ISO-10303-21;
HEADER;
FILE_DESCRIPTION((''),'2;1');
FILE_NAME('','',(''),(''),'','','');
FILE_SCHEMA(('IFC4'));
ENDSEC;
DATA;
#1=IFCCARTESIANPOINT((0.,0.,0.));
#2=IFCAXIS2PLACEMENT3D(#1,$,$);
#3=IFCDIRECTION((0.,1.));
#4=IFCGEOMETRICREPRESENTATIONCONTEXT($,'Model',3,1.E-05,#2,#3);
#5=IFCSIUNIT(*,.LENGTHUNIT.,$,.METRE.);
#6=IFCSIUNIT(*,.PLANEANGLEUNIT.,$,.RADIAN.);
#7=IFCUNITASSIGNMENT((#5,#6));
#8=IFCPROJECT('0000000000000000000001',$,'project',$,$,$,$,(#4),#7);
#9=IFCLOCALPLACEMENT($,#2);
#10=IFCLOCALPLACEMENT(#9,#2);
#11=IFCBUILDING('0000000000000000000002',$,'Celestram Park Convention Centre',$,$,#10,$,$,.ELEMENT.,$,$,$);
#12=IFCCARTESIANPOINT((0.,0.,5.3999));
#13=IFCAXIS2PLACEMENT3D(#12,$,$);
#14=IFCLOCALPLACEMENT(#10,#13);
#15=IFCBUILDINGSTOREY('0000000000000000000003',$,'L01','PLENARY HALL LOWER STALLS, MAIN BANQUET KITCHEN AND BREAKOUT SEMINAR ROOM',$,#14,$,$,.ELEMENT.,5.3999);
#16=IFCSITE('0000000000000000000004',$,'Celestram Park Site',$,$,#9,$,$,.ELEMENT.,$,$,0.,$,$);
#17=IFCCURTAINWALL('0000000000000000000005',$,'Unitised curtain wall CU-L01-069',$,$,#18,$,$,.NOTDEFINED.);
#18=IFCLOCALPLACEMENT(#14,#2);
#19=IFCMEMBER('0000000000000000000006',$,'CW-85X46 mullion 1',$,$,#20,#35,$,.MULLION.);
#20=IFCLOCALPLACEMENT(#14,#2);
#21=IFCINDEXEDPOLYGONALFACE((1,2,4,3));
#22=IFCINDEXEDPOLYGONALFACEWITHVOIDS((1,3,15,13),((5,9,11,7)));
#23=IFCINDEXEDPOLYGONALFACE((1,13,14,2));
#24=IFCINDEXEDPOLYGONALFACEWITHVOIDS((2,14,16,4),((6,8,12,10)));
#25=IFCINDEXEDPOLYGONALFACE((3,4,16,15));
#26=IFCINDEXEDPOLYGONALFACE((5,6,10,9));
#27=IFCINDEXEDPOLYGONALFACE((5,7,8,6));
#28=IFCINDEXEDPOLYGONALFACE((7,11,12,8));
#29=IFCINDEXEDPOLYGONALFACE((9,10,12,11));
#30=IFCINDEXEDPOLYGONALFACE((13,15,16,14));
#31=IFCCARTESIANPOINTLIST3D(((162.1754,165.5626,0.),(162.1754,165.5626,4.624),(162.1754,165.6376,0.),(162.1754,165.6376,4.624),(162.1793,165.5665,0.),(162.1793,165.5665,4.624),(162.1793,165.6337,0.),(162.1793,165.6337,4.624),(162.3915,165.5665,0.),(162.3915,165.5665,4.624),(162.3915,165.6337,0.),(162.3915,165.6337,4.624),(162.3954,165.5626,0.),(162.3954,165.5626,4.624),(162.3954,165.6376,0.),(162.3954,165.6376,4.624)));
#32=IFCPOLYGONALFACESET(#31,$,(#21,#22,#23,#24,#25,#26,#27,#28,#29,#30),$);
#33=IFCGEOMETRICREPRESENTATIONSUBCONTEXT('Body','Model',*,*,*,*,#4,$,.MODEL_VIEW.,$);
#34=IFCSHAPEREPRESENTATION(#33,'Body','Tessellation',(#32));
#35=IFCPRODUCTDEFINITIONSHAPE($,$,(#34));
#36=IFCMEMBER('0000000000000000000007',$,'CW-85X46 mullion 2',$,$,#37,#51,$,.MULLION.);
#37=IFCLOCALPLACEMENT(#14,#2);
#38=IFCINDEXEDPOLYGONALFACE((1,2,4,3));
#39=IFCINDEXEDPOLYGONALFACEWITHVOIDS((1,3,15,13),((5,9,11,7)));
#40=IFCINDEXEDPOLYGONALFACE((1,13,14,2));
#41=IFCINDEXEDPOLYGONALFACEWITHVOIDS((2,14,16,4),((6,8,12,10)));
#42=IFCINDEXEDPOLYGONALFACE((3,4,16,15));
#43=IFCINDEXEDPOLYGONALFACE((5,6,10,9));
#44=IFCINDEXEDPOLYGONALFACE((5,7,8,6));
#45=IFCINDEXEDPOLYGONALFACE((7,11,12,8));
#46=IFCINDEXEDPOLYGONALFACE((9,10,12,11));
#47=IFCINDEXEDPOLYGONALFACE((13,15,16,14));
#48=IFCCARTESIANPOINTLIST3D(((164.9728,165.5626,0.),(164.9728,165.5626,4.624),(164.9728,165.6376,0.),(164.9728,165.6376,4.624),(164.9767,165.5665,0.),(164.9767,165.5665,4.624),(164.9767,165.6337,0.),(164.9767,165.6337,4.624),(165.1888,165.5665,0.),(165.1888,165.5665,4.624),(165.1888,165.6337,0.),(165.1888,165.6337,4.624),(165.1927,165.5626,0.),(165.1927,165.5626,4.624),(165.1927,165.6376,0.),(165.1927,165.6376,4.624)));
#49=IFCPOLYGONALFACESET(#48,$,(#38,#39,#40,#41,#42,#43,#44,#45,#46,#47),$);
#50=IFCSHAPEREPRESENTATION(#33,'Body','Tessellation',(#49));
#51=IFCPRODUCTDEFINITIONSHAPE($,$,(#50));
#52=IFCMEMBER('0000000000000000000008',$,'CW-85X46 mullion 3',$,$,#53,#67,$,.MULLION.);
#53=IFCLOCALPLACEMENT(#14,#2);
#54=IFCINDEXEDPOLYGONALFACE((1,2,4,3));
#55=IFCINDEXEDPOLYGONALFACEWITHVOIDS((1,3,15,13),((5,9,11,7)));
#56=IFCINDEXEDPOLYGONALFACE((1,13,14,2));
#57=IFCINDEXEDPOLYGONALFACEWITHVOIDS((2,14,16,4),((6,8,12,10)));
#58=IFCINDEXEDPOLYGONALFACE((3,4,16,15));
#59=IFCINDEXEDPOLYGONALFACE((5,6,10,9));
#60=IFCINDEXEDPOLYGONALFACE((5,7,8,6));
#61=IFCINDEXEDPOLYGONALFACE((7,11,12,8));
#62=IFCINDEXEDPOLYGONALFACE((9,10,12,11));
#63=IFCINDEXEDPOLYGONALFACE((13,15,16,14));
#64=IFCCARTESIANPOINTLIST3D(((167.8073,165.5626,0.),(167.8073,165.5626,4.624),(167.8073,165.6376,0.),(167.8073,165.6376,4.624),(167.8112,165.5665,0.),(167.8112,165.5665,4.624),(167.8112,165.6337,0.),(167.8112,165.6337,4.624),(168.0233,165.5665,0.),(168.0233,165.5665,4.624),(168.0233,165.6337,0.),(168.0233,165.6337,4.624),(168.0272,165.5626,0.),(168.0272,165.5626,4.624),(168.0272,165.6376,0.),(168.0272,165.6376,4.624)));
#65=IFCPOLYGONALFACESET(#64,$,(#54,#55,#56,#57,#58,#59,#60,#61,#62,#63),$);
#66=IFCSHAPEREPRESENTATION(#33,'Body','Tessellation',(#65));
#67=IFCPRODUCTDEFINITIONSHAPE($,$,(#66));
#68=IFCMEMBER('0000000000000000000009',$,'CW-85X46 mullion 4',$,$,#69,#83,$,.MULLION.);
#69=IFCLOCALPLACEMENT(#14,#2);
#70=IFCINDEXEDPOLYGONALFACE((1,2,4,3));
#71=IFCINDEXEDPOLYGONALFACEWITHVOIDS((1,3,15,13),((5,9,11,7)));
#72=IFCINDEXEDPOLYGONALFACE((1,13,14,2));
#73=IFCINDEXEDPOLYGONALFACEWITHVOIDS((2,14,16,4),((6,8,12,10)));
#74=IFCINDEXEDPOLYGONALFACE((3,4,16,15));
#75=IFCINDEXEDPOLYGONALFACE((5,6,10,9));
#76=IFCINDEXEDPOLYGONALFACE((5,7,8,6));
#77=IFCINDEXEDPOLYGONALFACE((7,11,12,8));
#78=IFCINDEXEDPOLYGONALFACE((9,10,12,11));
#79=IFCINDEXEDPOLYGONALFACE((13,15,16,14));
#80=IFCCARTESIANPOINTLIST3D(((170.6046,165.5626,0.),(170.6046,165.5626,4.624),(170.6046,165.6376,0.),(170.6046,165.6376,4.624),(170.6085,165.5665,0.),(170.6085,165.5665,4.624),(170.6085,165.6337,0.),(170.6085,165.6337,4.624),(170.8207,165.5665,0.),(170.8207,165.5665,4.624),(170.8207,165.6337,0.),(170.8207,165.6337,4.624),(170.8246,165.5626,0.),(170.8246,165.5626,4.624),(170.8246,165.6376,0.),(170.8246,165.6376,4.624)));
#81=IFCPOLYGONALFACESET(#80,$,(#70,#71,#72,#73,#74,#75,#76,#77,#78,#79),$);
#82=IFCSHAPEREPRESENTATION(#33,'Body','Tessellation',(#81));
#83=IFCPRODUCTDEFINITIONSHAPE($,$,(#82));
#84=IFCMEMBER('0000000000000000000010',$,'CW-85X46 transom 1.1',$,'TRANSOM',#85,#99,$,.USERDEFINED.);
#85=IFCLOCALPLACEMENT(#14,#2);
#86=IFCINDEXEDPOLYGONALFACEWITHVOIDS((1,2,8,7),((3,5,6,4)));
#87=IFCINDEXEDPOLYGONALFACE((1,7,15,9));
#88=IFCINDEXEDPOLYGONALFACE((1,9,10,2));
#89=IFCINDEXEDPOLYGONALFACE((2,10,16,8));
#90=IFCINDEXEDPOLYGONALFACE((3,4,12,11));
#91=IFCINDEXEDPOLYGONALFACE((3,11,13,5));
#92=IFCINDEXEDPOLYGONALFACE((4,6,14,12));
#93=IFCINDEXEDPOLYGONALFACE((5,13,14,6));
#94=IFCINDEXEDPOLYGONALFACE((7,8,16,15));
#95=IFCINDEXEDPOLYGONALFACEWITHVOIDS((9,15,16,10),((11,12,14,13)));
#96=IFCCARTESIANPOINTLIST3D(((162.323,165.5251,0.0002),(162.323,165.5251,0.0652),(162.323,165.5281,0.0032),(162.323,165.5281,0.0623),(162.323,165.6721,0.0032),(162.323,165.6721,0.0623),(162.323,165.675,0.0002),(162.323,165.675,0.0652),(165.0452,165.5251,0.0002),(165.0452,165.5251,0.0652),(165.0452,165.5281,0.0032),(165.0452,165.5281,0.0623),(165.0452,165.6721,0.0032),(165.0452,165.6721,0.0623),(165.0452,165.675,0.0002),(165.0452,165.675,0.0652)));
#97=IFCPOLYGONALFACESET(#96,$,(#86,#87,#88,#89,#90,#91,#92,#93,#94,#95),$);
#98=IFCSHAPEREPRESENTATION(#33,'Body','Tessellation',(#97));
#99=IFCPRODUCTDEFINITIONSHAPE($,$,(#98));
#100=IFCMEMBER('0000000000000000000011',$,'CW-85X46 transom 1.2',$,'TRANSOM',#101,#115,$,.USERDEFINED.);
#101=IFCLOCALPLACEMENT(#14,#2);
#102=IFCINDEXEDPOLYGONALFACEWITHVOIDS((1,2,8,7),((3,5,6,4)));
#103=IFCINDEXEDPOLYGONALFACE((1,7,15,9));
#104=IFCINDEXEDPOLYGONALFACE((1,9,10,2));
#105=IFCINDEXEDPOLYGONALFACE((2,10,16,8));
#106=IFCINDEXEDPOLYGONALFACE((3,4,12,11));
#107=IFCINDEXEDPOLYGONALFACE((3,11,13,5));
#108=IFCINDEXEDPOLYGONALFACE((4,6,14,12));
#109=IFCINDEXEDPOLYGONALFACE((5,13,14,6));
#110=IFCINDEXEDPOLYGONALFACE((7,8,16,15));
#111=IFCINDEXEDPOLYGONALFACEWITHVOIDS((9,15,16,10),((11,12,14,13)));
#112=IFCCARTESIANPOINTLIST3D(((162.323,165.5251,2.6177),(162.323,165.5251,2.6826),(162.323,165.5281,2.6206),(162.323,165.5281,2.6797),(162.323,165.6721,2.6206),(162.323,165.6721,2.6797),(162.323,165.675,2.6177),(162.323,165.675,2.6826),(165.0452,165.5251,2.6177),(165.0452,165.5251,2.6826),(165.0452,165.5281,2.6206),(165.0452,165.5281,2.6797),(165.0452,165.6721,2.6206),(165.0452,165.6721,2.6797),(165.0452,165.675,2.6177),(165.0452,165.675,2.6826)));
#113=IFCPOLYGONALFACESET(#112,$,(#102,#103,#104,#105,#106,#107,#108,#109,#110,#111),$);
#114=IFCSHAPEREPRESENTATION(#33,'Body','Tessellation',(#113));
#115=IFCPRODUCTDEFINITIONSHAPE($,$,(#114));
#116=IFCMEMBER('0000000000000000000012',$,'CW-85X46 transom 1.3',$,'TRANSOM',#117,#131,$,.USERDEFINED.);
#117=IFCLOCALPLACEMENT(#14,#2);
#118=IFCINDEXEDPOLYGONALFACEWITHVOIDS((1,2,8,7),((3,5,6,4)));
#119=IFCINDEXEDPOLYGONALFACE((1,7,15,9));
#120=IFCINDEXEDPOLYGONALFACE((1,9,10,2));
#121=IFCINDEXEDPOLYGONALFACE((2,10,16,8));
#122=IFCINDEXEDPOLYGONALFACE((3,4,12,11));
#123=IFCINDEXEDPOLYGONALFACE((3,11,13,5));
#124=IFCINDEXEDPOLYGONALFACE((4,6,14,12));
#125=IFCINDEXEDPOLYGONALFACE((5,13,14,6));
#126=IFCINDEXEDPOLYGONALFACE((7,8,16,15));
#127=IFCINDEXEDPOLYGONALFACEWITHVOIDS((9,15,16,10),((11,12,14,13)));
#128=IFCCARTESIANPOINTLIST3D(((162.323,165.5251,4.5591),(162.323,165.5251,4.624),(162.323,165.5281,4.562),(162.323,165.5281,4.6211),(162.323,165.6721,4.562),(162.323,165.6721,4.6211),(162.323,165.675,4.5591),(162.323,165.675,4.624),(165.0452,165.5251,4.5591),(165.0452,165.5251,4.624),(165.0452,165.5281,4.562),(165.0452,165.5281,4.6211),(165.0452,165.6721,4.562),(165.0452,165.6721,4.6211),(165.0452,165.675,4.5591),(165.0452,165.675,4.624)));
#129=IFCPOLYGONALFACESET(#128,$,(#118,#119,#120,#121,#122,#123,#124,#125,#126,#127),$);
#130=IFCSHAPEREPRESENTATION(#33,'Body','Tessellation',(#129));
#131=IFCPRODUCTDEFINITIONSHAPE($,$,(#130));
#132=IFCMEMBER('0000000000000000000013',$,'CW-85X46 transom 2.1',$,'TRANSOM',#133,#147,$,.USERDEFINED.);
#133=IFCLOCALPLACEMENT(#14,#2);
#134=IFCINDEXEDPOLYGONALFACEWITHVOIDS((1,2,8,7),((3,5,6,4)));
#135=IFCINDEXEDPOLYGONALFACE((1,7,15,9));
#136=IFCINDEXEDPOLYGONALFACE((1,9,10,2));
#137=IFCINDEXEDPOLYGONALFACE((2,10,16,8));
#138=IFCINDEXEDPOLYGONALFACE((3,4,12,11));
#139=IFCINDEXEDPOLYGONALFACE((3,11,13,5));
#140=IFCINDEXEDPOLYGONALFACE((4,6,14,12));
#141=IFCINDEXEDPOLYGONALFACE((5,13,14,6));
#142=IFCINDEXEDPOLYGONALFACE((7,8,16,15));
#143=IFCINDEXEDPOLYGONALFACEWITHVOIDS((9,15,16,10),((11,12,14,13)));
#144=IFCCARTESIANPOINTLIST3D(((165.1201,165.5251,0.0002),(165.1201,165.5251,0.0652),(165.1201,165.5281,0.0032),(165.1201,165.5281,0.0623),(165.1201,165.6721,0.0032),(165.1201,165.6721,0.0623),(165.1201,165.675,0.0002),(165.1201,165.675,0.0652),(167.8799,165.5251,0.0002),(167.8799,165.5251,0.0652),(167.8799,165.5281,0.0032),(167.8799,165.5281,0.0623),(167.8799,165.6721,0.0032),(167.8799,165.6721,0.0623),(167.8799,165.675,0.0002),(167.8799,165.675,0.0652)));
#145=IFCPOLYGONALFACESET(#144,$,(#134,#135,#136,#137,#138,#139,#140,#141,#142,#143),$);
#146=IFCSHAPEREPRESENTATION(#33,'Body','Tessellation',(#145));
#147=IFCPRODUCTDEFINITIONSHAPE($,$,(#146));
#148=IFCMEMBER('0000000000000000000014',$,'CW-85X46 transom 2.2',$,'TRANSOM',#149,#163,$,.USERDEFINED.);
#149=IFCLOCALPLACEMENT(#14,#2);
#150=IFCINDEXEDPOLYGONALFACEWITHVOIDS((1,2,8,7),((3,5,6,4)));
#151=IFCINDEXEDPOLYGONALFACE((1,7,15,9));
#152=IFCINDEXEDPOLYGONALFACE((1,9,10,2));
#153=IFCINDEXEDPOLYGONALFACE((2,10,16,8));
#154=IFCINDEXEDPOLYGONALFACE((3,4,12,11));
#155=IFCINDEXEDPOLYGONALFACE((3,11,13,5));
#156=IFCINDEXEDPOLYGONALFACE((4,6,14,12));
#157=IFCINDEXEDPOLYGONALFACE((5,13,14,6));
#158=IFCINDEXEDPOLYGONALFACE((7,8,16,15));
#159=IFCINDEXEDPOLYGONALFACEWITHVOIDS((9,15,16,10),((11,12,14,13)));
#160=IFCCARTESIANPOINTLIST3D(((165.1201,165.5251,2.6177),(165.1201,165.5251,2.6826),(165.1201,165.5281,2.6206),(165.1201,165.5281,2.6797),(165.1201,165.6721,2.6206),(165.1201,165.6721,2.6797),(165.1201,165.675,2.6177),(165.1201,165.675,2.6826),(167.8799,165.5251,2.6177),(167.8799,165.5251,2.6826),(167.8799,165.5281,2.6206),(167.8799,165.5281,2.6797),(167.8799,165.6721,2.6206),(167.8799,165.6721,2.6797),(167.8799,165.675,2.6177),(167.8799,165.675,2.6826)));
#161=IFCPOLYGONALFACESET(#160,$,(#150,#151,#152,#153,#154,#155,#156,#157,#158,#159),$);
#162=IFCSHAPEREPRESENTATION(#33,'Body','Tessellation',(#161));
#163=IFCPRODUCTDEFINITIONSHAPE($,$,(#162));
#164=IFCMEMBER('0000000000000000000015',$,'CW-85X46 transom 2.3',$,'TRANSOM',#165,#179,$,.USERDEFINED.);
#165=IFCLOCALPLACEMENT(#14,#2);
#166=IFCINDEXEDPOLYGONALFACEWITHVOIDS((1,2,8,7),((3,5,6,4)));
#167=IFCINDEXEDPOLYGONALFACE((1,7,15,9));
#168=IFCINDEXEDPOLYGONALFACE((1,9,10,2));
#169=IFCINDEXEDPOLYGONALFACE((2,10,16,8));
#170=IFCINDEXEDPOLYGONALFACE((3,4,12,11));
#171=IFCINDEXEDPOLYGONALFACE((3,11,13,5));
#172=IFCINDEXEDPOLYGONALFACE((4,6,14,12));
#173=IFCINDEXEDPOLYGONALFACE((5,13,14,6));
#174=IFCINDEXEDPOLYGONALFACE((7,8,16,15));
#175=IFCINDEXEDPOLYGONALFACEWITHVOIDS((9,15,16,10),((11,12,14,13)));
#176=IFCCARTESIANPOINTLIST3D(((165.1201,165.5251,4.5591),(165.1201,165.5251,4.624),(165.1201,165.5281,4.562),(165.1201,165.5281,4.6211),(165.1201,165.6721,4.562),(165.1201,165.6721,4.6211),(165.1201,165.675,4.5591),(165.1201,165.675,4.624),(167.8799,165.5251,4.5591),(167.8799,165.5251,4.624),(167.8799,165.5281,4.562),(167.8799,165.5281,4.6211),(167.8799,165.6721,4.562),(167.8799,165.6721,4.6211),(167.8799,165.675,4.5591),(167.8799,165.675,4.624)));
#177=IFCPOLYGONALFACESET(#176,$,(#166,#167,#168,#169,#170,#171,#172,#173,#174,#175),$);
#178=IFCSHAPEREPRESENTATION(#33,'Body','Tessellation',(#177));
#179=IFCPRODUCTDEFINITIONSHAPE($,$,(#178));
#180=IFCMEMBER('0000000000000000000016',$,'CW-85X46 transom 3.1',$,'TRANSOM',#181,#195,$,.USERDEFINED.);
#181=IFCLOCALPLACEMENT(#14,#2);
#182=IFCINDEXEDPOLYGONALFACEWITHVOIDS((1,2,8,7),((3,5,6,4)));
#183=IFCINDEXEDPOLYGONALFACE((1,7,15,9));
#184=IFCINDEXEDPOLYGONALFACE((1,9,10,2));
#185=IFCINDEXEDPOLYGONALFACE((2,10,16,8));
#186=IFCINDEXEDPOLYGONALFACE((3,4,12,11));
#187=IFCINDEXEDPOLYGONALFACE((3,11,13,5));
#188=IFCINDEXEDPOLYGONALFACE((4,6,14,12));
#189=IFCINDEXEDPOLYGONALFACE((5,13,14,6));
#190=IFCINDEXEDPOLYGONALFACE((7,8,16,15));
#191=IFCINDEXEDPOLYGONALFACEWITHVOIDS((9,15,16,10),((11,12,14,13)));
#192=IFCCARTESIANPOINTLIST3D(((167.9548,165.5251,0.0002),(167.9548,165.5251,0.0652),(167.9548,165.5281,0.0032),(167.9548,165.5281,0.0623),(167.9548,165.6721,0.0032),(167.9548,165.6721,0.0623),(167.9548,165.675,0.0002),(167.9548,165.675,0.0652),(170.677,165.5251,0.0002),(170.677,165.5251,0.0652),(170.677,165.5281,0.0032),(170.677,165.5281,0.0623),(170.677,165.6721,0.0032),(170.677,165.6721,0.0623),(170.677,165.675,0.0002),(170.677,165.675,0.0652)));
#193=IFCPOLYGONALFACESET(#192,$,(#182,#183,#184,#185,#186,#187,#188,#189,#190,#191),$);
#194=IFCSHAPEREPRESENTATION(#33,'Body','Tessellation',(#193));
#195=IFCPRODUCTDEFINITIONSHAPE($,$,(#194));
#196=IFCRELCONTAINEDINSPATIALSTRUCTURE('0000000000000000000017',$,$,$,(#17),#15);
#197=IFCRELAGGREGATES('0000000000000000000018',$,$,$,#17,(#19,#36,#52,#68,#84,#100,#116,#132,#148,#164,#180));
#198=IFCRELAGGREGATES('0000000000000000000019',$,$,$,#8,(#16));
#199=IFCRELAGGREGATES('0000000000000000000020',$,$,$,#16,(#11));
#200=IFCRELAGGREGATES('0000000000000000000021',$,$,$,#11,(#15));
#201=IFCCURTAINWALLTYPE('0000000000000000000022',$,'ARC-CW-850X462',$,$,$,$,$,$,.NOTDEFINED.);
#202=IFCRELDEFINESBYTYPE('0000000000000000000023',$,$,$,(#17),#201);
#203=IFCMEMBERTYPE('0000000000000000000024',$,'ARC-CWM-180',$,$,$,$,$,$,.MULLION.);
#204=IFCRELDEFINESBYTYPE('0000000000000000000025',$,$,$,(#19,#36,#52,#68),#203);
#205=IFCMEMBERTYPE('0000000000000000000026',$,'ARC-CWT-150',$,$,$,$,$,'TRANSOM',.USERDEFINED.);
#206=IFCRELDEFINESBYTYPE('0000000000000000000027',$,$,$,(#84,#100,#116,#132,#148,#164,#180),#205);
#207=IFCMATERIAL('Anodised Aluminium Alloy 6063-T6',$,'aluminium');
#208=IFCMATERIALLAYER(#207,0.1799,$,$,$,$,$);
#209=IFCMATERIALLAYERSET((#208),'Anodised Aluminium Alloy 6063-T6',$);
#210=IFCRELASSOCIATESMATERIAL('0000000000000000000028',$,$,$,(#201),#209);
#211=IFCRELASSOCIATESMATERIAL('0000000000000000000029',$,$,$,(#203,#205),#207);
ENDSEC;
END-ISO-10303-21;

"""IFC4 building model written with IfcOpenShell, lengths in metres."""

from ifc_helpers import new_model, si_unit, direction, frame, origin, origin_2d, place, context, subcontext, project, spatial, hollow_rectangle, extrude, material, layer, layer_set, material_profile, profile_set, type_object, element, aggregate, save


model = new_model("IFC4")

# Units and contexts
model_context = context("Model", 3, precision=1e-05, world=origin(), true_north=direction((0.0, 1.0)))
body_context = subcontext(model_context, "Body", "Model", "MODEL_VIEW")
ifc_project = project(units=[si_unit("LENGTHUNIT", "METRE"), si_unit("PLANEANGLEUNIT", "RADIAN")], contexts=[model_context])

# Site, building, storey
site_placement = place(None, origin())
site = spatial("IfcSite", under=ifc_project, at=site_placement, Name="Celestram Park Site", CompositionType="ELEMENT", RefElevation=0.0)
building_placement = place(site_placement, origin())
building = spatial("IfcBuilding", under=site, at=building_placement, Name="Celestram Park Convention Centre", CompositionType="ELEMENT")
storey_placement = place(building_placement, frame((0.0, 0.0, 5.3999)))
storey = spatial("IfcBuildingStorey", under=building, at=storey_placement, Name="L01", Description="PLENARY HALL LOWER STALLS, MAIN BANQUET KITCHEN AND BREAKOUT SEMINAR ROOM", CompositionType="ELEMENT", Elevation=5.3999)

# Curtain wall, members
ifc_material_1 = material(Name="Anodised Aluminium Alloy 6063-T6", Category="aluminium")
ifc_layer_1 = layer(ifc_material_1, 0.1799)
ifc_layer_set_1 = layer_set([ifc_layer_1], Name="Anodised Aluminium Alloy 6063-T6")
curtain_wall_type = type_object("IfcCurtainWallType", Name="ARC-CW-850X462", PredefinedType="NOTDEFINED", material=ifc_layer_set_1)
curtain_wall_placement = place(storey_placement, origin())
curtain_wall = element("IfcCurtainWall", 1, at=curtain_wall_placement, inside=storey, type_object=curtain_wall_type, Name="Unitised curtain wall CU-L01-069", PredefinedType="NOTDEFINED")
ifc_material_profile_1 = material_profile(ifc_material_1, hollow_rectangle(XDim=0.075, YDim=0.22, WallThickness=0.0039, at=origin_2d()), Name="ALU75X220X4")
ifc_profile_set_1 = profile_set([ifc_material_profile_1], Name="Anodised Aluminium Alloy 6063-T6")
member_type_1 = type_object("IfcMemberType", Name="ARC-CWM-180", PredefinedType="MULLION", material=ifc_profile_set_1)
member_1_placement = place(storey_placement, frame((162.2854, 165.6001, 0.0), z_axis=(0.0, 0.0, 1.0), x_axis=(0.0, 1.0, 0.0)))
member_1 = element("IfcMember", 2, at=member_1_placement, type_object=member_type_1, Name="CW-85X46 mullion 1", PredefinedType="MULLION", context=body_context, shape_type="SweptSolid", body=[
    extrude(hollow_rectangle(XDim=0.075, YDim=0.22, WallThickness=0.0039, at=origin_2d()), origin(), (0.0, 0.0, 1.0), 4.624),
])
member_2_placement = place(storey_placement, frame((165.0828, 165.6001, 0.0), z_axis=(0.0, 0.0, 1.0), x_axis=(0.0, 1.0, 0.0)))
member_2 = element("IfcMember", 3, at=member_2_placement, type_object=member_type_1, Name="CW-85X46 mullion 2", PredefinedType="MULLION", context=body_context, shape_type="SweptSolid", body=[
    extrude(hollow_rectangle(XDim=0.075, YDim=0.22, WallThickness=0.0039, at=origin_2d()), origin(), (0.0, 0.0, 1.0), 4.624),
])
member_3_placement = place(storey_placement, frame((167.9172, 165.6001, 0.0), z_axis=(0.0, 0.0, 1.0), x_axis=(0.0, 1.0, 0.0)))
member_3 = element("IfcMember", 4, at=member_3_placement, type_object=member_type_1, Name="CW-85X46 mullion 3", PredefinedType="MULLION", context=body_context, shape_type="SweptSolid", body=[
    extrude(hollow_rectangle(XDim=0.075, YDim=0.22, WallThickness=0.0039, at=origin_2d()), origin(), (0.0, 0.0, 1.0), 4.624),
])
member_4_placement = place(storey_placement, frame((170.7146, 165.6001, 0.0), z_axis=(0.0, 0.0, 1.0), x_axis=(0.0, 1.0, 0.0)))
member_4 = element("IfcMember", 5, at=member_4_placement, type_object=member_type_1, Name="CW-85X46 mullion 4", PredefinedType="MULLION", context=body_context, shape_type="SweptSolid", body=[
    extrude(hollow_rectangle(XDim=0.075, YDim=0.22, WallThickness=0.0039, at=origin_2d()), origin(), (0.0, 0.0, 1.0), 4.624),
])
ifc_material_profile_2 = material_profile(ifc_material_1, hollow_rectangle(XDim=0.1499, YDim=0.0649, WallThickness=0.0029, at=origin_2d()), Name="ALU150X65X3")
ifc_profile_set_2 = profile_set([ifc_material_profile_2], Name="Anodised Aluminium Alloy 6063-T6")
member_type_2 = type_object("IfcMemberType", Name="ARC-CWT-150", ElementType="TRANSOM", PredefinedType="USERDEFINED", material=ifc_profile_set_2)
member_5_placement = place(storey_placement, frame((162.323, 165.6001, 0.0327), z_axis=(1.0, 0.0, 0.0), x_axis=(0.0, 1.0, 0.0)))
member_5 = element("IfcMember", 6, at=member_5_placement, type_object=member_type_2, Name="CW-85X46 transom 1.1", ObjectType="TRANSOM", PredefinedType="USERDEFINED", context=body_context, shape_type="SweptSolid", body=[
    extrude(hollow_rectangle(XDim=0.1499, YDim=0.0649, WallThickness=0.0029, at=origin_2d()), origin(), (0.0, 0.0, 1.0), 2.7222),
])
member_6_placement = place(storey_placement, frame((162.323, 165.6001, 2.6501), z_axis=(1.0, 0.0, 0.0), x_axis=(0.0, 1.0, 0.0)))
member_6 = element("IfcMember", 7, at=member_6_placement, type_object=member_type_2, Name="CW-85X46 transom 1.2", ObjectType="TRANSOM", PredefinedType="USERDEFINED", context=body_context, shape_type="SweptSolid", body=[
    extrude(hollow_rectangle(XDim=0.1499, YDim=0.0649, WallThickness=0.0029, at=origin_2d()), origin(), (0.0, 0.0, 1.0), 2.7222),
])
member_7_placement = place(storey_placement, frame((162.323, 165.6001, 4.5916), z_axis=(1.0, 0.0, 0.0), x_axis=(0.0, 1.0, 0.0)))
member_7 = element("IfcMember", 8, at=member_7_placement, type_object=member_type_2, Name="CW-85X46 transom 1.3", ObjectType="TRANSOM", PredefinedType="USERDEFINED", context=body_context, shape_type="SweptSolid", body=[
    extrude(hollow_rectangle(XDim=0.1499, YDim=0.0649, WallThickness=0.0029, at=origin_2d()), origin(), (0.0, 0.0, 1.0), 2.7222),
])
member_8_placement = place(storey_placement, frame((165.1201, 165.6001, 0.0327), z_axis=(1.0, 0.0, 0.0), x_axis=(0.0, 1.0, 0.0)))
member_8 = element("IfcMember", 9, at=member_8_placement, type_object=member_type_2, Name="CW-85X46 transom 2.1", ObjectType="TRANSOM", PredefinedType="USERDEFINED", context=body_context, shape_type="SweptSolid", body=[
    extrude(hollow_rectangle(XDim=0.1499, YDim=0.0649, WallThickness=0.0029, at=origin_2d()), origin(), (0.0, 0.0, 1.0), 2.7598),
])
member_9_placement = place(storey_placement, frame((165.1201, 165.6001, 2.6501), z_axis=(1.0, 0.0, 0.0), x_axis=(0.0, 1.0, 0.0)))
member_9 = element("IfcMember", 10, at=member_9_placement, type_object=member_type_2, Name="CW-85X46 transom 2.2", ObjectType="TRANSOM", PredefinedType="USERDEFINED", context=body_context, shape_type="SweptSolid", body=[
    extrude(hollow_rectangle(XDim=0.1499, YDim=0.0649, WallThickness=0.0029, at=origin_2d()), origin(), (0.0, 0.0, 1.0), 2.7598),
])
member_10_placement = place(storey_placement, frame((165.1201, 165.6001, 4.5916), z_axis=(1.0, 0.0, 0.0), x_axis=(0.0, 1.0, 0.0)))
member_10 = element("IfcMember", 11, at=member_10_placement, type_object=member_type_2, Name="CW-85X46 transom 2.3", ObjectType="TRANSOM", PredefinedType="USERDEFINED", context=body_context, shape_type="SweptSolid", body=[
    extrude(hollow_rectangle(XDim=0.1499, YDim=0.0649, WallThickness=0.0029, at=origin_2d()), origin(), (0.0, 0.0, 1.0), 2.7598),
])
member_11_placement = place(storey_placement, frame((167.9548, 165.6001, 0.0327), z_axis=(1.0, 0.0, 0.0), x_axis=(0.0, 1.0, 0.0)))
member_11 = element("IfcMember", 12, at=member_11_placement, type_object=member_type_2, Name="CW-85X46 transom 3.1", ObjectType="TRANSOM", PredefinedType="USERDEFINED", context=body_context, shape_type="SweptSolid", body=[
    extrude(hollow_rectangle(XDim=0.1499, YDim=0.0649, WallThickness=0.0029, at=origin_2d()), origin(), (0.0, 0.0, 1.0), 2.7222),
])

aggregate(curtain_wall, [member_1, member_2, member_3, member_4, member_5, member_6, member_7, member_8, member_9, member_10, member_11])

save(model, "model.ifc")
